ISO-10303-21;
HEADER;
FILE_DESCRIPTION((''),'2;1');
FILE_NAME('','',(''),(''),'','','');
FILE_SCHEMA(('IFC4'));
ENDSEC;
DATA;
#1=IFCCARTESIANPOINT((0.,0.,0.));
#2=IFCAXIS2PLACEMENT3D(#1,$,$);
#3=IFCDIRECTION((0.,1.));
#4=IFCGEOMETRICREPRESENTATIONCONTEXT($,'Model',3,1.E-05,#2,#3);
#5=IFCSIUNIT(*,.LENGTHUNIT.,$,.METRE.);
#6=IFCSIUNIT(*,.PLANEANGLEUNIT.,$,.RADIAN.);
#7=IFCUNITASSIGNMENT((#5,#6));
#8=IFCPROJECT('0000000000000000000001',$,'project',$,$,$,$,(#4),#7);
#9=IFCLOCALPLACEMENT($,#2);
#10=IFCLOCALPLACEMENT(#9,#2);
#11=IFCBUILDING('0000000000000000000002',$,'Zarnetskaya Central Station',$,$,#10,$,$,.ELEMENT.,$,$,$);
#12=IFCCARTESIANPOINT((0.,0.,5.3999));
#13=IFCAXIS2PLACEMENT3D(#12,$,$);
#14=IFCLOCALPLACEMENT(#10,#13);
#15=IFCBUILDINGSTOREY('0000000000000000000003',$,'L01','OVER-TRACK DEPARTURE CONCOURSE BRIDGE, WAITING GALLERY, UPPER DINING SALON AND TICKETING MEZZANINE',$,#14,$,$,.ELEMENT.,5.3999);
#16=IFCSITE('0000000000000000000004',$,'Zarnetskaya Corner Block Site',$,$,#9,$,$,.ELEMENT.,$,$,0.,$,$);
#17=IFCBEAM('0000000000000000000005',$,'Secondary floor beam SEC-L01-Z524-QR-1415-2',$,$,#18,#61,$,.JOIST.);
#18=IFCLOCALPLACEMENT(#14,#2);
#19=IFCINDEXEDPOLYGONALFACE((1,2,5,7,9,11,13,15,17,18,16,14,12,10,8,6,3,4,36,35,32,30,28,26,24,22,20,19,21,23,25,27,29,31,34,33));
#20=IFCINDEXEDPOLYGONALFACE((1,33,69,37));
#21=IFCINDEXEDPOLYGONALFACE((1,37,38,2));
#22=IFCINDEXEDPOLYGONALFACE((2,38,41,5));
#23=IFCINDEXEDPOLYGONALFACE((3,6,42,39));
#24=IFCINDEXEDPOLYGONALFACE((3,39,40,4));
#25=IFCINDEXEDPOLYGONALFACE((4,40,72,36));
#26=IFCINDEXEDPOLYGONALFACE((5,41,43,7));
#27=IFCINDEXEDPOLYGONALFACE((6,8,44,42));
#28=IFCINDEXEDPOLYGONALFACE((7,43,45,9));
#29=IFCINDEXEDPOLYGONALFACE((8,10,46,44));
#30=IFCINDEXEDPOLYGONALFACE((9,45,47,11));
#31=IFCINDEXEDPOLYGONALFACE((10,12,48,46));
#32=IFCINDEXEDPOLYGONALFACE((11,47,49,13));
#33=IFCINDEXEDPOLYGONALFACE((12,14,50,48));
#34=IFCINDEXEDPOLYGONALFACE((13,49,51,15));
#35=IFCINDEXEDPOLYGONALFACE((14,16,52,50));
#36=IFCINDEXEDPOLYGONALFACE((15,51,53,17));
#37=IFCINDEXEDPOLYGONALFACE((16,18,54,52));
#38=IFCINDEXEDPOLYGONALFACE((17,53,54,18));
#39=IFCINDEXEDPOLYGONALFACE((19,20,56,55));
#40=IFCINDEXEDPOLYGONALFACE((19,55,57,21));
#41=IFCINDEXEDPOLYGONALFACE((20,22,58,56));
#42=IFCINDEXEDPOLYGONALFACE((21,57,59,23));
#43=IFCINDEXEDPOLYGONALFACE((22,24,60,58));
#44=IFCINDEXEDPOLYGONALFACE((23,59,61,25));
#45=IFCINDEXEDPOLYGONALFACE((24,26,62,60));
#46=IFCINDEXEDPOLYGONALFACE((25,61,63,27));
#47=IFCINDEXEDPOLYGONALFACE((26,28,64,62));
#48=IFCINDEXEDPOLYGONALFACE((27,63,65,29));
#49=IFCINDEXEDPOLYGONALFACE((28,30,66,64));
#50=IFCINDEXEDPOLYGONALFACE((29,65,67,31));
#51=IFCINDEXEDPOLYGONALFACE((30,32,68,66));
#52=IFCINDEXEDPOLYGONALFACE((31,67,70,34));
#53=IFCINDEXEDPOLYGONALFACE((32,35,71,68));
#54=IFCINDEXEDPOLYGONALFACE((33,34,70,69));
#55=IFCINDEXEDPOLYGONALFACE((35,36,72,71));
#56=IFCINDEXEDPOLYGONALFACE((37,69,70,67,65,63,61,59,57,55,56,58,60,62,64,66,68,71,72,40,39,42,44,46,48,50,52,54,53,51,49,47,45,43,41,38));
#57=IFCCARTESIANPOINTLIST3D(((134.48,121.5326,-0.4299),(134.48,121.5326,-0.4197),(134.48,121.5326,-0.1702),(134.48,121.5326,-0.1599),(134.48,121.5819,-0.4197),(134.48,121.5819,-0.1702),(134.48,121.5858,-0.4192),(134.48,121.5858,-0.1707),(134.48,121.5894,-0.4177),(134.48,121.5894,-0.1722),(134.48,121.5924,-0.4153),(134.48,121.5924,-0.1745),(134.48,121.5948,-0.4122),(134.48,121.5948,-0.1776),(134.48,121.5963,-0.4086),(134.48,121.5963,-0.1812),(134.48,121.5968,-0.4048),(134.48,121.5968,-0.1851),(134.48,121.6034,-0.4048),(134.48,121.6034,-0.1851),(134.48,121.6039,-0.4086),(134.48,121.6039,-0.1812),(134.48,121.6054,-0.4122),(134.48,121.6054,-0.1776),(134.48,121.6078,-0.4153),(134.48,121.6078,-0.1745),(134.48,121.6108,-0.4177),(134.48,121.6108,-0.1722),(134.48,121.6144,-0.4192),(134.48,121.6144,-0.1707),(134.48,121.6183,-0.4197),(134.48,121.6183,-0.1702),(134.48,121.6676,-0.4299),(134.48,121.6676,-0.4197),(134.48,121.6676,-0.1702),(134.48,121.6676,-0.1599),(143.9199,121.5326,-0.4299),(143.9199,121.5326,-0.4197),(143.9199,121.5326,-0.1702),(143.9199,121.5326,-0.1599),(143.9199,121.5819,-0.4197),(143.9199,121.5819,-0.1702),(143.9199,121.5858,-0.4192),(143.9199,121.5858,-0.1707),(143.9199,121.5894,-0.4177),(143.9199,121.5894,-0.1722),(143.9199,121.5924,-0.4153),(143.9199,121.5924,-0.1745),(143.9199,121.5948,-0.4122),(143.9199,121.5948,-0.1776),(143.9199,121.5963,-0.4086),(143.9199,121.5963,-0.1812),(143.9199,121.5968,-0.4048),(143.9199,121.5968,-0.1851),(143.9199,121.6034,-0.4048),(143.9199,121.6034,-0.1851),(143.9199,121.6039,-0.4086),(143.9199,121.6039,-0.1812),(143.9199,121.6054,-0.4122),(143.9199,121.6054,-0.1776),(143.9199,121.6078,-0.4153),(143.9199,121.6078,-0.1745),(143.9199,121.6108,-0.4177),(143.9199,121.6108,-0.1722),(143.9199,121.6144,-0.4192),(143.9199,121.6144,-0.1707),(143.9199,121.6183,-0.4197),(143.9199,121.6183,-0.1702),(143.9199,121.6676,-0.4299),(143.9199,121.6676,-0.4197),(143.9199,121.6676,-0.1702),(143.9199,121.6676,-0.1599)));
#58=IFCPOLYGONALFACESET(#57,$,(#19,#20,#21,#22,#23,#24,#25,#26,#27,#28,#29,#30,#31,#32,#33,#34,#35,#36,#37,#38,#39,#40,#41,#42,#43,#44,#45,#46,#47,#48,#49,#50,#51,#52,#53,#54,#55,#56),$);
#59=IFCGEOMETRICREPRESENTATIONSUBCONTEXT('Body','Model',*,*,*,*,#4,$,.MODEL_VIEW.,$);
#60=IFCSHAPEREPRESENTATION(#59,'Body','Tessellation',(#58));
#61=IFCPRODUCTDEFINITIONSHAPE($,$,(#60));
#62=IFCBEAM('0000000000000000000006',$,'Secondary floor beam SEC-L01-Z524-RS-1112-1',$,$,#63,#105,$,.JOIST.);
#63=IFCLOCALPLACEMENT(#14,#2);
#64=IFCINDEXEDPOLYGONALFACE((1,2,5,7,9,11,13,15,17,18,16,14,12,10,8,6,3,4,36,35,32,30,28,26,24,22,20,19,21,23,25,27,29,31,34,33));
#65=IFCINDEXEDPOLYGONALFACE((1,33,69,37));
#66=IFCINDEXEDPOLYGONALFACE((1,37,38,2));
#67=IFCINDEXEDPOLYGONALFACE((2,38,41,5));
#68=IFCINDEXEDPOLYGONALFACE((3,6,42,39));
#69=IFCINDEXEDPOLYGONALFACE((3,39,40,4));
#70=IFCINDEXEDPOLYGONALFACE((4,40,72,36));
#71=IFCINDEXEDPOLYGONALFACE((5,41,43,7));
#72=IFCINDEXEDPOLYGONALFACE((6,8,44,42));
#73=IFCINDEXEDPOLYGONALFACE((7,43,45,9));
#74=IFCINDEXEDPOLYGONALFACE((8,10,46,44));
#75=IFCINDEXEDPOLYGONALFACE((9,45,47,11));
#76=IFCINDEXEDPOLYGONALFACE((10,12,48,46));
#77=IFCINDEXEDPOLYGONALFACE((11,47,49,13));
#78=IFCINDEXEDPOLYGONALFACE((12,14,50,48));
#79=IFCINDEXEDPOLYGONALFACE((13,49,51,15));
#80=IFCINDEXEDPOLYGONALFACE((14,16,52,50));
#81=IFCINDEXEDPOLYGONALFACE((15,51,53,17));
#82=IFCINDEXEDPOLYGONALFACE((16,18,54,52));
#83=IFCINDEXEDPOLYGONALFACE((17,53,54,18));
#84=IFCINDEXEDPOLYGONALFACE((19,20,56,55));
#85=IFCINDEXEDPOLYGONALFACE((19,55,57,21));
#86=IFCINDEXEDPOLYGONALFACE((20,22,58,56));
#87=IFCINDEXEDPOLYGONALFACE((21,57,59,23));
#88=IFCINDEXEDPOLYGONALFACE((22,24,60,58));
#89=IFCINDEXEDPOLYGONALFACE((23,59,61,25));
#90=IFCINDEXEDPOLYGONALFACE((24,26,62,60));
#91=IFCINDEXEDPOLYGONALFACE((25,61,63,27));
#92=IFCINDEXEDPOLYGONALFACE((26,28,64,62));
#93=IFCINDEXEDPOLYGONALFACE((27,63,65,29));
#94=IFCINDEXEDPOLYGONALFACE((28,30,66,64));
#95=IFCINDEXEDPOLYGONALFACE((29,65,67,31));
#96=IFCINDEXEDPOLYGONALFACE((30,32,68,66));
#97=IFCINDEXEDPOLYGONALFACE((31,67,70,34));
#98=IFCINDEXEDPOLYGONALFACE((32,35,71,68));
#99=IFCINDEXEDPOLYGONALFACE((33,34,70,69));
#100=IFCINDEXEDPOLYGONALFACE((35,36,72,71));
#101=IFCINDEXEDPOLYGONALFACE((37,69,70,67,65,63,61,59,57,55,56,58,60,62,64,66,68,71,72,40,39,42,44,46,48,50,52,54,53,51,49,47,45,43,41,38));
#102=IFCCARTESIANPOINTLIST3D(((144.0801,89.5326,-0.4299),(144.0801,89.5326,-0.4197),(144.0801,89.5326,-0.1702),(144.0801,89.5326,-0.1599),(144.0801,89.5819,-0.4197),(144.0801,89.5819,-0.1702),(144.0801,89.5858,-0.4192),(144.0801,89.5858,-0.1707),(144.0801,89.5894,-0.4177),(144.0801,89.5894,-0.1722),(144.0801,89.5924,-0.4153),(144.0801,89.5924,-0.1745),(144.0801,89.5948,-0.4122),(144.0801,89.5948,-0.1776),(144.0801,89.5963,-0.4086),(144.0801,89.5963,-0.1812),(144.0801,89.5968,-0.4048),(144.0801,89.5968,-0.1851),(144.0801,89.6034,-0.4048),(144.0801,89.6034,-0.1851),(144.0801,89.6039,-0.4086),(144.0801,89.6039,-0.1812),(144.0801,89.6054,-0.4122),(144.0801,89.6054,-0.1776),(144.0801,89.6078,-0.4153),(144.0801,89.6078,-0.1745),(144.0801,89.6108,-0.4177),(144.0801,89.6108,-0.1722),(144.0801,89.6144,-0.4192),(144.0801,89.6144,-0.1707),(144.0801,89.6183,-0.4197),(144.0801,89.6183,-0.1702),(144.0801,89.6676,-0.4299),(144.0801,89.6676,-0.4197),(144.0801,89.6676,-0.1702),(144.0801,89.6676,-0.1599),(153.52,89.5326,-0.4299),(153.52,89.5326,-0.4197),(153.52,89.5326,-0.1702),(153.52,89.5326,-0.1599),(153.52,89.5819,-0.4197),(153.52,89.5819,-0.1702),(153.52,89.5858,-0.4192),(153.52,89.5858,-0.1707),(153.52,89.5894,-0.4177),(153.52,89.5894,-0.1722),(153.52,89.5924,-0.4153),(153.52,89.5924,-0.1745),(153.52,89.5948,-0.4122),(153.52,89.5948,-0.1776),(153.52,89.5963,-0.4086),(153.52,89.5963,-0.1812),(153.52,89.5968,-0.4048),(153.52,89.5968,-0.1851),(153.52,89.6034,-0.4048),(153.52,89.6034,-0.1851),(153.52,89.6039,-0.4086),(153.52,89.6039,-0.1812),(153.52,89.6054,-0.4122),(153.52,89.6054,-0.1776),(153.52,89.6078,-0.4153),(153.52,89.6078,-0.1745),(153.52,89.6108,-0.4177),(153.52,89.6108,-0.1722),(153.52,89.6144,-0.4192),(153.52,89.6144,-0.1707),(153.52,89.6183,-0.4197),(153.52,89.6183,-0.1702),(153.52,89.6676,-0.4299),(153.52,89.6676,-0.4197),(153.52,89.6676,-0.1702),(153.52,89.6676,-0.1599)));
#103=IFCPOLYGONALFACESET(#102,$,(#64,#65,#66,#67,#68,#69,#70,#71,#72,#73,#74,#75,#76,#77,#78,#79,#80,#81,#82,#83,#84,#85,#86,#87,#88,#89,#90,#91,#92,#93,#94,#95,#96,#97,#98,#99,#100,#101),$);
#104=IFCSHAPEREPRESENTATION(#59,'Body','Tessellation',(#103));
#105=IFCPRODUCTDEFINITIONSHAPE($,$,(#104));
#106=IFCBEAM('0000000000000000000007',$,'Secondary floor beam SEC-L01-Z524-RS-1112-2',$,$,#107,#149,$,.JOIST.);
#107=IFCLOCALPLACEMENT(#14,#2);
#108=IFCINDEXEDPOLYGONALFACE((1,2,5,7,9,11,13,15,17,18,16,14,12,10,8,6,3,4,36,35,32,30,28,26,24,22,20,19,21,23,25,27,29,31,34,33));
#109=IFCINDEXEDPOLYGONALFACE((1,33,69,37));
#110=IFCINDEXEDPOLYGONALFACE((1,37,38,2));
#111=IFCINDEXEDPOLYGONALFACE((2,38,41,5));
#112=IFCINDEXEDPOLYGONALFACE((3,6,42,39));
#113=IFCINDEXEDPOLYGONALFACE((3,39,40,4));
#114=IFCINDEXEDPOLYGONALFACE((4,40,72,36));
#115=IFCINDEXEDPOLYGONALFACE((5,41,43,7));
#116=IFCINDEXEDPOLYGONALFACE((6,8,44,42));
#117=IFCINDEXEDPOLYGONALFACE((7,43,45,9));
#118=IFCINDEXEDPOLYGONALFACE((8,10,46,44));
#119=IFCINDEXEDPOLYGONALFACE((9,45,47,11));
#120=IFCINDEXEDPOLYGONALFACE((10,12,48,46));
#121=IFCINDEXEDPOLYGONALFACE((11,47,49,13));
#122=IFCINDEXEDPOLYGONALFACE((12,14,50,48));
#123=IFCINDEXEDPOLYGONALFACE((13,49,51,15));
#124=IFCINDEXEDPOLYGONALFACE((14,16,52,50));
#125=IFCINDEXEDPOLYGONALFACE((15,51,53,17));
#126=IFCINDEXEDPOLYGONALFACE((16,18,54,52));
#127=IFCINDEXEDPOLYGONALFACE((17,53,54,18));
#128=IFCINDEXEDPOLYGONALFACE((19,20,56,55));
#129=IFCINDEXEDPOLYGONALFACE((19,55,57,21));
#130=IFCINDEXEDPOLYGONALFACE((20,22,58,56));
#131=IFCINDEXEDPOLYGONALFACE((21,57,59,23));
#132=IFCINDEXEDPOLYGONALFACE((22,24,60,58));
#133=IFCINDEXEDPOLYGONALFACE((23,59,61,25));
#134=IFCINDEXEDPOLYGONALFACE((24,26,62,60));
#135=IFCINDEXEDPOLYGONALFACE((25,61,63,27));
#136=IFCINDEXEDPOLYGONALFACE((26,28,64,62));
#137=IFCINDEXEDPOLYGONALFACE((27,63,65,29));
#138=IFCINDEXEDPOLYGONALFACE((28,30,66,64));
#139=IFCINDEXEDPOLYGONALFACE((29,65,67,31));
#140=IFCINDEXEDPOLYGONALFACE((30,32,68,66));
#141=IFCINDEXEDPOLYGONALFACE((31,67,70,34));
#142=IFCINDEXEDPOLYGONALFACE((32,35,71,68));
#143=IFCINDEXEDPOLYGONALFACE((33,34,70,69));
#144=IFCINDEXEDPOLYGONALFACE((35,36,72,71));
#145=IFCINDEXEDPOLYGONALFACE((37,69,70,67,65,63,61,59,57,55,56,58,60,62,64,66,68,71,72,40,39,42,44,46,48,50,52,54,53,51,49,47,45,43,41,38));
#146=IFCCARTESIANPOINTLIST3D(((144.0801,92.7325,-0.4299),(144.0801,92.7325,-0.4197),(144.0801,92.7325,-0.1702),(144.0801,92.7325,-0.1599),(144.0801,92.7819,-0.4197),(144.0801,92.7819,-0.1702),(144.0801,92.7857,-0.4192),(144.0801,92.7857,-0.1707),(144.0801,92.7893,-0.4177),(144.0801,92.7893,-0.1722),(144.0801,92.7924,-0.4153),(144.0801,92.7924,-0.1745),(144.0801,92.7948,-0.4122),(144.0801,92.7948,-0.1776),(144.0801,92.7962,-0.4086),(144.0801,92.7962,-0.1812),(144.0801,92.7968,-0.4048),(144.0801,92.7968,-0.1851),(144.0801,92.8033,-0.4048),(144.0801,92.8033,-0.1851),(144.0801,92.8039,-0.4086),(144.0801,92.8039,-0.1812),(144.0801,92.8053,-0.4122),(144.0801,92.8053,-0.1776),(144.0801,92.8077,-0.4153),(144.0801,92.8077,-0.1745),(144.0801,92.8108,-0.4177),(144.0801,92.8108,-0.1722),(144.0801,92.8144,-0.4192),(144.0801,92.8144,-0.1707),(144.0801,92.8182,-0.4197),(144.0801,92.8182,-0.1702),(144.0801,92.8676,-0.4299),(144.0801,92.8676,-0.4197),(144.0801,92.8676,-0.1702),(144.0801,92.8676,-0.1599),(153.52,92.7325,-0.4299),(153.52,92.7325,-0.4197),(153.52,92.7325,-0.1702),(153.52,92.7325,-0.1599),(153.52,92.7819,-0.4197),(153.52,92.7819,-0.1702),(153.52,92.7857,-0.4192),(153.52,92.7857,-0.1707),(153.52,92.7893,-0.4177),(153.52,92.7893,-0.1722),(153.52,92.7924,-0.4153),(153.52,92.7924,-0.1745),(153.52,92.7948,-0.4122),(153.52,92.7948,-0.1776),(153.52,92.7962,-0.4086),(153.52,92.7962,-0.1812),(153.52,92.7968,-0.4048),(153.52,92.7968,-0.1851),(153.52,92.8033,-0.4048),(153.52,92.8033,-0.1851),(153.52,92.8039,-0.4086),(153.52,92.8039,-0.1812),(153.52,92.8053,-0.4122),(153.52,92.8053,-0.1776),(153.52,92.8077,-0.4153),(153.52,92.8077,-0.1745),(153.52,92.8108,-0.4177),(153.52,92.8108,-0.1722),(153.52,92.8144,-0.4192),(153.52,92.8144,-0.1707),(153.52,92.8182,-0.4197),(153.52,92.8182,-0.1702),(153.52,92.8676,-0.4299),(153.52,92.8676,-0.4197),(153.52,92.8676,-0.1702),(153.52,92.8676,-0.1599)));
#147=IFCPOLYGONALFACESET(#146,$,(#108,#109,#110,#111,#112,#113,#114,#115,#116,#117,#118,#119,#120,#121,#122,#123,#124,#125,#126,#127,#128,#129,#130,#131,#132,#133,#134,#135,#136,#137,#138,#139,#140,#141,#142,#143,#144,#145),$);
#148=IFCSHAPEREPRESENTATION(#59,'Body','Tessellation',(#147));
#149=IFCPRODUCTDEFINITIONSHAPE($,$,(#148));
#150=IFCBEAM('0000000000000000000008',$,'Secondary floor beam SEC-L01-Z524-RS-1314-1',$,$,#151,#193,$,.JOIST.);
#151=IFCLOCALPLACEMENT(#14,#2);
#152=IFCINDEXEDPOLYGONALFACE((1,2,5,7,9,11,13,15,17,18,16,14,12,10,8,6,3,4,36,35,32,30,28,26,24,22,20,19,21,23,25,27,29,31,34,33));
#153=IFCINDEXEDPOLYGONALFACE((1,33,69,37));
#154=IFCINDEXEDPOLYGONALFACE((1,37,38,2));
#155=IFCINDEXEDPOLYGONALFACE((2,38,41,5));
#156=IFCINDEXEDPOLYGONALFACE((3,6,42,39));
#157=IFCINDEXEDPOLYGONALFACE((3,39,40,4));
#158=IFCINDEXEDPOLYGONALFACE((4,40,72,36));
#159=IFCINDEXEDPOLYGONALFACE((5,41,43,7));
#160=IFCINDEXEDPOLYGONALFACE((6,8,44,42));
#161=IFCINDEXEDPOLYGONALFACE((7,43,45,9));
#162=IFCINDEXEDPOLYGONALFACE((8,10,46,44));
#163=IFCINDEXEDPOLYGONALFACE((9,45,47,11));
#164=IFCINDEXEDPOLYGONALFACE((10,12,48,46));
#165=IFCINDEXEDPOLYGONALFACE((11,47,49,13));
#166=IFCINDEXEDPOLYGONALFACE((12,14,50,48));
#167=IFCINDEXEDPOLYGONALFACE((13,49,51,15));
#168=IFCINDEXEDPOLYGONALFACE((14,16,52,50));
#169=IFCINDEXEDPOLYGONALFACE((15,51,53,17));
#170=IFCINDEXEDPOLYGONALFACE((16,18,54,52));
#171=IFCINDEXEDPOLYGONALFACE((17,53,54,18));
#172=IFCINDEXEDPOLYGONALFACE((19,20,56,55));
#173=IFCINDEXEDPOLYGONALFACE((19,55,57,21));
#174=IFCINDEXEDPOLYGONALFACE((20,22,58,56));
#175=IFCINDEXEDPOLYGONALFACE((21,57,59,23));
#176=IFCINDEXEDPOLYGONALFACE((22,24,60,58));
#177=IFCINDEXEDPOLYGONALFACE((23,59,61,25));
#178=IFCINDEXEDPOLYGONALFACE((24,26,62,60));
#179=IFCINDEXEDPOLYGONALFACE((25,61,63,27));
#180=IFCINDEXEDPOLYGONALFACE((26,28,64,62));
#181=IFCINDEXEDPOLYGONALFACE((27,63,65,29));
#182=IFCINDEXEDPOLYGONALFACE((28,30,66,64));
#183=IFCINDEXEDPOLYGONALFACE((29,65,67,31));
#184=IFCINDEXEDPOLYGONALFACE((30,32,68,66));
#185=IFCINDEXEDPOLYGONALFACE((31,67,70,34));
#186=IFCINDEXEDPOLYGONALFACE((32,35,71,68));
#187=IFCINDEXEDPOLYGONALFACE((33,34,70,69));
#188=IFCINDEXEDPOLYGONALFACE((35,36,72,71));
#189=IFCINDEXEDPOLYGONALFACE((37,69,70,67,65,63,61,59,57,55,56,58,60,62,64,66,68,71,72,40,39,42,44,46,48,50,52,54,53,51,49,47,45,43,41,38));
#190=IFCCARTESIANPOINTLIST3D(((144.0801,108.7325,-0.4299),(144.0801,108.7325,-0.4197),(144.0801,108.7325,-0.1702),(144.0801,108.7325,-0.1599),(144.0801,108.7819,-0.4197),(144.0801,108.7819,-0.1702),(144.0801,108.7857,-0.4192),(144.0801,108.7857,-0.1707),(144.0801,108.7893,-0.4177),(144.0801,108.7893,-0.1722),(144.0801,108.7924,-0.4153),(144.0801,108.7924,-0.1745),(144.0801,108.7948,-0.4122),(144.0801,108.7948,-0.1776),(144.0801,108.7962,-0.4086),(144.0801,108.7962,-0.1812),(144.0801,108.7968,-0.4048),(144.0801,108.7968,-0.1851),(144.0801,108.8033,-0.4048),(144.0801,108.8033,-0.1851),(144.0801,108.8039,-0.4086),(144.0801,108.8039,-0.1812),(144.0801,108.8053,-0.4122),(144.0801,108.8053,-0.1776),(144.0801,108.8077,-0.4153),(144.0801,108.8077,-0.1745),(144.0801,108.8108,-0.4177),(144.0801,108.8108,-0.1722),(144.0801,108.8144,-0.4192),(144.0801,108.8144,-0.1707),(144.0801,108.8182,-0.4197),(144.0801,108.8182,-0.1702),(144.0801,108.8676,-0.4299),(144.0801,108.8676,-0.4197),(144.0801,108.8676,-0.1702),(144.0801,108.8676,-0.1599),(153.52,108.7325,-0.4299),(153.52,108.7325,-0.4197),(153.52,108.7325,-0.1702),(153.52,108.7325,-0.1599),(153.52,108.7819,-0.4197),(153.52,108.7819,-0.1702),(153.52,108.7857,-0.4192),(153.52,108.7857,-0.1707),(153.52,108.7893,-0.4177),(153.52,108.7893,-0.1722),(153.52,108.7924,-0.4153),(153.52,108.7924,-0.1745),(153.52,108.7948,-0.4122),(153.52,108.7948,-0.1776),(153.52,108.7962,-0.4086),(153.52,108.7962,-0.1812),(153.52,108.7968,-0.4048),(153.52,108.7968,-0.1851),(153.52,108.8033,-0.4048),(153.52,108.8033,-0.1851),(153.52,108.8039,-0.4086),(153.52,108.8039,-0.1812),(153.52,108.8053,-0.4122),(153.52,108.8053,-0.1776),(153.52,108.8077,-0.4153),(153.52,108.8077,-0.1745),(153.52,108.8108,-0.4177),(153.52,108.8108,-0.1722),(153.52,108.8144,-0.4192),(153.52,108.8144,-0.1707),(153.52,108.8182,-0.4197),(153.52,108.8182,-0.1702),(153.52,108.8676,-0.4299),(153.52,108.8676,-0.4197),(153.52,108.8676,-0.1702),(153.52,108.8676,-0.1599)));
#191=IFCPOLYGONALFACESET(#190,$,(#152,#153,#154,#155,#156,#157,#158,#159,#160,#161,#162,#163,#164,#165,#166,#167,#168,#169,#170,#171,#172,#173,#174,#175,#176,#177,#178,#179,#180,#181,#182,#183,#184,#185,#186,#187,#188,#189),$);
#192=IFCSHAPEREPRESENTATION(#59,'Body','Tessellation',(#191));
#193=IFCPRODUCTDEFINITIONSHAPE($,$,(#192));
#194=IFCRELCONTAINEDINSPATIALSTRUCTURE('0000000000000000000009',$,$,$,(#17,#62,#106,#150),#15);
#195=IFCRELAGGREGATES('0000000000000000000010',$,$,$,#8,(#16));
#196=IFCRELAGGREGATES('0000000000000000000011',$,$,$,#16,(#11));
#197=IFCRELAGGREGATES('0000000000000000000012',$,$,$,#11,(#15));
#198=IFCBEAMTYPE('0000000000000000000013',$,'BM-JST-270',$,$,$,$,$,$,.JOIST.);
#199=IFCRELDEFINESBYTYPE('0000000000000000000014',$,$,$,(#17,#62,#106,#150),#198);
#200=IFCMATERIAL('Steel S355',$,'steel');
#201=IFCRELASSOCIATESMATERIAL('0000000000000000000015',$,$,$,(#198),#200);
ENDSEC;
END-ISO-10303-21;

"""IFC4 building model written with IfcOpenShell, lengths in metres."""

from ifc_helpers import new_model, si_unit, direction, frame, origin, origin_2d, place, context, subcontext, project, spatial, i_section, extrude, material, material_profile, profile_set, type_object, element, save


model = new_model("IFC4")

# Units and contexts
model_context = context("Model", 3, precision=1e-05, world=origin(), true_north=direction((0.0, 1.0)))
body_context = subcontext(model_context, "Body", "Model", "MODEL_VIEW")
ifc_project = project(units=[si_unit("LENGTHUNIT", "METRE"), si_unit("PLANEANGLEUNIT", "RADIAN")], contexts=[model_context])

# Site, building, storey
site_placement = place(None, origin())
site = spatial("IfcSite", under=ifc_project, at=site_placement, Name="Zarnetskaya Corner Block Site", CompositionType="ELEMENT", RefElevation=0.0)
building_placement = place(site_placement, origin())
building = spatial("IfcBuilding", under=site, at=building_placement, Name="Zarnetskaya Central Station", CompositionType="ELEMENT")
storey_placement = place(building_placement, frame((0.0, 0.0, 5.3999)))
storey = spatial("IfcBuildingStorey", under=building, at=storey_placement, Name="L01", Description="OVER-TRACK DEPARTURE CONCOURSE BRIDGE, WAITING GALLERY, UPPER DINING SALON AND TICKETING MEZZANINE", CompositionType="ELEMENT", Elevation=5.3999)

# Shared definitions
ifc_material = material(Name="Steel S355", Category="steel")

# Beams
ifc_material_profile_1 = material_profile(ifc_material, i_section(OverallWidth=0.135, OverallDepth=0.27, WebThickness=0.0066, FlangeThickness=0.0103, FilletRadius=0.0149, at=origin_2d()), Name="IPE 270")
ifc_profile_set_1 = profile_set([ifc_material_profile_1], Name="Steel S355")
beam_type_1 = type_object("IfcBeamType", Name="BM-JST-270", PredefinedType="JOIST", material=ifc_profile_set_1)
for number, where, z_axis, x_axis, name in (
    (1, (134.48, 121.6001, -0.2949), (1.0, 0.0, 0.0), (0.0, 1.0, 0.0), "Secondary floor beam SEC-L01-Z524-QR-1415-2"),
    (2, (144.0801, 89.6001, -0.2949), (1.0, 0.0, 0.0), (0.0, 1.0, 0.0), "Secondary floor beam SEC-L01-Z524-RS-1112-1"),
    (3, (144.0801, 92.8, -0.2949), (1.0, 0.0, 0.0), (0.0, 1.0, 0.0), "Secondary floor beam SEC-L01-Z524-RS-1112-2"),
    (4, (144.0801, 108.8, -0.2949), (1.0, 0.0, 0.0), (0.0, 1.0, 0.0), "Secondary floor beam SEC-L01-Z524-RS-1314-1"),
):
    element("IfcBeam", number, at=place(storey_placement, frame(where, z_axis=z_axis, x_axis=x_axis)), inside=storey, type_object=beam_type_1, Name=name, PredefinedType="JOIST", context=body_context, shape_type="SweptSolid", body=[
        extrude(i_section(OverallWidth=0.135, OverallDepth=0.27, WebThickness=0.0066, FlangeThickness=0.0103, FilletRadius=0.0149, at=origin_2d()), origin(), (0.0, 0.0, 1.0), 9.4399),
    ])

save(model, "model.ifc")
